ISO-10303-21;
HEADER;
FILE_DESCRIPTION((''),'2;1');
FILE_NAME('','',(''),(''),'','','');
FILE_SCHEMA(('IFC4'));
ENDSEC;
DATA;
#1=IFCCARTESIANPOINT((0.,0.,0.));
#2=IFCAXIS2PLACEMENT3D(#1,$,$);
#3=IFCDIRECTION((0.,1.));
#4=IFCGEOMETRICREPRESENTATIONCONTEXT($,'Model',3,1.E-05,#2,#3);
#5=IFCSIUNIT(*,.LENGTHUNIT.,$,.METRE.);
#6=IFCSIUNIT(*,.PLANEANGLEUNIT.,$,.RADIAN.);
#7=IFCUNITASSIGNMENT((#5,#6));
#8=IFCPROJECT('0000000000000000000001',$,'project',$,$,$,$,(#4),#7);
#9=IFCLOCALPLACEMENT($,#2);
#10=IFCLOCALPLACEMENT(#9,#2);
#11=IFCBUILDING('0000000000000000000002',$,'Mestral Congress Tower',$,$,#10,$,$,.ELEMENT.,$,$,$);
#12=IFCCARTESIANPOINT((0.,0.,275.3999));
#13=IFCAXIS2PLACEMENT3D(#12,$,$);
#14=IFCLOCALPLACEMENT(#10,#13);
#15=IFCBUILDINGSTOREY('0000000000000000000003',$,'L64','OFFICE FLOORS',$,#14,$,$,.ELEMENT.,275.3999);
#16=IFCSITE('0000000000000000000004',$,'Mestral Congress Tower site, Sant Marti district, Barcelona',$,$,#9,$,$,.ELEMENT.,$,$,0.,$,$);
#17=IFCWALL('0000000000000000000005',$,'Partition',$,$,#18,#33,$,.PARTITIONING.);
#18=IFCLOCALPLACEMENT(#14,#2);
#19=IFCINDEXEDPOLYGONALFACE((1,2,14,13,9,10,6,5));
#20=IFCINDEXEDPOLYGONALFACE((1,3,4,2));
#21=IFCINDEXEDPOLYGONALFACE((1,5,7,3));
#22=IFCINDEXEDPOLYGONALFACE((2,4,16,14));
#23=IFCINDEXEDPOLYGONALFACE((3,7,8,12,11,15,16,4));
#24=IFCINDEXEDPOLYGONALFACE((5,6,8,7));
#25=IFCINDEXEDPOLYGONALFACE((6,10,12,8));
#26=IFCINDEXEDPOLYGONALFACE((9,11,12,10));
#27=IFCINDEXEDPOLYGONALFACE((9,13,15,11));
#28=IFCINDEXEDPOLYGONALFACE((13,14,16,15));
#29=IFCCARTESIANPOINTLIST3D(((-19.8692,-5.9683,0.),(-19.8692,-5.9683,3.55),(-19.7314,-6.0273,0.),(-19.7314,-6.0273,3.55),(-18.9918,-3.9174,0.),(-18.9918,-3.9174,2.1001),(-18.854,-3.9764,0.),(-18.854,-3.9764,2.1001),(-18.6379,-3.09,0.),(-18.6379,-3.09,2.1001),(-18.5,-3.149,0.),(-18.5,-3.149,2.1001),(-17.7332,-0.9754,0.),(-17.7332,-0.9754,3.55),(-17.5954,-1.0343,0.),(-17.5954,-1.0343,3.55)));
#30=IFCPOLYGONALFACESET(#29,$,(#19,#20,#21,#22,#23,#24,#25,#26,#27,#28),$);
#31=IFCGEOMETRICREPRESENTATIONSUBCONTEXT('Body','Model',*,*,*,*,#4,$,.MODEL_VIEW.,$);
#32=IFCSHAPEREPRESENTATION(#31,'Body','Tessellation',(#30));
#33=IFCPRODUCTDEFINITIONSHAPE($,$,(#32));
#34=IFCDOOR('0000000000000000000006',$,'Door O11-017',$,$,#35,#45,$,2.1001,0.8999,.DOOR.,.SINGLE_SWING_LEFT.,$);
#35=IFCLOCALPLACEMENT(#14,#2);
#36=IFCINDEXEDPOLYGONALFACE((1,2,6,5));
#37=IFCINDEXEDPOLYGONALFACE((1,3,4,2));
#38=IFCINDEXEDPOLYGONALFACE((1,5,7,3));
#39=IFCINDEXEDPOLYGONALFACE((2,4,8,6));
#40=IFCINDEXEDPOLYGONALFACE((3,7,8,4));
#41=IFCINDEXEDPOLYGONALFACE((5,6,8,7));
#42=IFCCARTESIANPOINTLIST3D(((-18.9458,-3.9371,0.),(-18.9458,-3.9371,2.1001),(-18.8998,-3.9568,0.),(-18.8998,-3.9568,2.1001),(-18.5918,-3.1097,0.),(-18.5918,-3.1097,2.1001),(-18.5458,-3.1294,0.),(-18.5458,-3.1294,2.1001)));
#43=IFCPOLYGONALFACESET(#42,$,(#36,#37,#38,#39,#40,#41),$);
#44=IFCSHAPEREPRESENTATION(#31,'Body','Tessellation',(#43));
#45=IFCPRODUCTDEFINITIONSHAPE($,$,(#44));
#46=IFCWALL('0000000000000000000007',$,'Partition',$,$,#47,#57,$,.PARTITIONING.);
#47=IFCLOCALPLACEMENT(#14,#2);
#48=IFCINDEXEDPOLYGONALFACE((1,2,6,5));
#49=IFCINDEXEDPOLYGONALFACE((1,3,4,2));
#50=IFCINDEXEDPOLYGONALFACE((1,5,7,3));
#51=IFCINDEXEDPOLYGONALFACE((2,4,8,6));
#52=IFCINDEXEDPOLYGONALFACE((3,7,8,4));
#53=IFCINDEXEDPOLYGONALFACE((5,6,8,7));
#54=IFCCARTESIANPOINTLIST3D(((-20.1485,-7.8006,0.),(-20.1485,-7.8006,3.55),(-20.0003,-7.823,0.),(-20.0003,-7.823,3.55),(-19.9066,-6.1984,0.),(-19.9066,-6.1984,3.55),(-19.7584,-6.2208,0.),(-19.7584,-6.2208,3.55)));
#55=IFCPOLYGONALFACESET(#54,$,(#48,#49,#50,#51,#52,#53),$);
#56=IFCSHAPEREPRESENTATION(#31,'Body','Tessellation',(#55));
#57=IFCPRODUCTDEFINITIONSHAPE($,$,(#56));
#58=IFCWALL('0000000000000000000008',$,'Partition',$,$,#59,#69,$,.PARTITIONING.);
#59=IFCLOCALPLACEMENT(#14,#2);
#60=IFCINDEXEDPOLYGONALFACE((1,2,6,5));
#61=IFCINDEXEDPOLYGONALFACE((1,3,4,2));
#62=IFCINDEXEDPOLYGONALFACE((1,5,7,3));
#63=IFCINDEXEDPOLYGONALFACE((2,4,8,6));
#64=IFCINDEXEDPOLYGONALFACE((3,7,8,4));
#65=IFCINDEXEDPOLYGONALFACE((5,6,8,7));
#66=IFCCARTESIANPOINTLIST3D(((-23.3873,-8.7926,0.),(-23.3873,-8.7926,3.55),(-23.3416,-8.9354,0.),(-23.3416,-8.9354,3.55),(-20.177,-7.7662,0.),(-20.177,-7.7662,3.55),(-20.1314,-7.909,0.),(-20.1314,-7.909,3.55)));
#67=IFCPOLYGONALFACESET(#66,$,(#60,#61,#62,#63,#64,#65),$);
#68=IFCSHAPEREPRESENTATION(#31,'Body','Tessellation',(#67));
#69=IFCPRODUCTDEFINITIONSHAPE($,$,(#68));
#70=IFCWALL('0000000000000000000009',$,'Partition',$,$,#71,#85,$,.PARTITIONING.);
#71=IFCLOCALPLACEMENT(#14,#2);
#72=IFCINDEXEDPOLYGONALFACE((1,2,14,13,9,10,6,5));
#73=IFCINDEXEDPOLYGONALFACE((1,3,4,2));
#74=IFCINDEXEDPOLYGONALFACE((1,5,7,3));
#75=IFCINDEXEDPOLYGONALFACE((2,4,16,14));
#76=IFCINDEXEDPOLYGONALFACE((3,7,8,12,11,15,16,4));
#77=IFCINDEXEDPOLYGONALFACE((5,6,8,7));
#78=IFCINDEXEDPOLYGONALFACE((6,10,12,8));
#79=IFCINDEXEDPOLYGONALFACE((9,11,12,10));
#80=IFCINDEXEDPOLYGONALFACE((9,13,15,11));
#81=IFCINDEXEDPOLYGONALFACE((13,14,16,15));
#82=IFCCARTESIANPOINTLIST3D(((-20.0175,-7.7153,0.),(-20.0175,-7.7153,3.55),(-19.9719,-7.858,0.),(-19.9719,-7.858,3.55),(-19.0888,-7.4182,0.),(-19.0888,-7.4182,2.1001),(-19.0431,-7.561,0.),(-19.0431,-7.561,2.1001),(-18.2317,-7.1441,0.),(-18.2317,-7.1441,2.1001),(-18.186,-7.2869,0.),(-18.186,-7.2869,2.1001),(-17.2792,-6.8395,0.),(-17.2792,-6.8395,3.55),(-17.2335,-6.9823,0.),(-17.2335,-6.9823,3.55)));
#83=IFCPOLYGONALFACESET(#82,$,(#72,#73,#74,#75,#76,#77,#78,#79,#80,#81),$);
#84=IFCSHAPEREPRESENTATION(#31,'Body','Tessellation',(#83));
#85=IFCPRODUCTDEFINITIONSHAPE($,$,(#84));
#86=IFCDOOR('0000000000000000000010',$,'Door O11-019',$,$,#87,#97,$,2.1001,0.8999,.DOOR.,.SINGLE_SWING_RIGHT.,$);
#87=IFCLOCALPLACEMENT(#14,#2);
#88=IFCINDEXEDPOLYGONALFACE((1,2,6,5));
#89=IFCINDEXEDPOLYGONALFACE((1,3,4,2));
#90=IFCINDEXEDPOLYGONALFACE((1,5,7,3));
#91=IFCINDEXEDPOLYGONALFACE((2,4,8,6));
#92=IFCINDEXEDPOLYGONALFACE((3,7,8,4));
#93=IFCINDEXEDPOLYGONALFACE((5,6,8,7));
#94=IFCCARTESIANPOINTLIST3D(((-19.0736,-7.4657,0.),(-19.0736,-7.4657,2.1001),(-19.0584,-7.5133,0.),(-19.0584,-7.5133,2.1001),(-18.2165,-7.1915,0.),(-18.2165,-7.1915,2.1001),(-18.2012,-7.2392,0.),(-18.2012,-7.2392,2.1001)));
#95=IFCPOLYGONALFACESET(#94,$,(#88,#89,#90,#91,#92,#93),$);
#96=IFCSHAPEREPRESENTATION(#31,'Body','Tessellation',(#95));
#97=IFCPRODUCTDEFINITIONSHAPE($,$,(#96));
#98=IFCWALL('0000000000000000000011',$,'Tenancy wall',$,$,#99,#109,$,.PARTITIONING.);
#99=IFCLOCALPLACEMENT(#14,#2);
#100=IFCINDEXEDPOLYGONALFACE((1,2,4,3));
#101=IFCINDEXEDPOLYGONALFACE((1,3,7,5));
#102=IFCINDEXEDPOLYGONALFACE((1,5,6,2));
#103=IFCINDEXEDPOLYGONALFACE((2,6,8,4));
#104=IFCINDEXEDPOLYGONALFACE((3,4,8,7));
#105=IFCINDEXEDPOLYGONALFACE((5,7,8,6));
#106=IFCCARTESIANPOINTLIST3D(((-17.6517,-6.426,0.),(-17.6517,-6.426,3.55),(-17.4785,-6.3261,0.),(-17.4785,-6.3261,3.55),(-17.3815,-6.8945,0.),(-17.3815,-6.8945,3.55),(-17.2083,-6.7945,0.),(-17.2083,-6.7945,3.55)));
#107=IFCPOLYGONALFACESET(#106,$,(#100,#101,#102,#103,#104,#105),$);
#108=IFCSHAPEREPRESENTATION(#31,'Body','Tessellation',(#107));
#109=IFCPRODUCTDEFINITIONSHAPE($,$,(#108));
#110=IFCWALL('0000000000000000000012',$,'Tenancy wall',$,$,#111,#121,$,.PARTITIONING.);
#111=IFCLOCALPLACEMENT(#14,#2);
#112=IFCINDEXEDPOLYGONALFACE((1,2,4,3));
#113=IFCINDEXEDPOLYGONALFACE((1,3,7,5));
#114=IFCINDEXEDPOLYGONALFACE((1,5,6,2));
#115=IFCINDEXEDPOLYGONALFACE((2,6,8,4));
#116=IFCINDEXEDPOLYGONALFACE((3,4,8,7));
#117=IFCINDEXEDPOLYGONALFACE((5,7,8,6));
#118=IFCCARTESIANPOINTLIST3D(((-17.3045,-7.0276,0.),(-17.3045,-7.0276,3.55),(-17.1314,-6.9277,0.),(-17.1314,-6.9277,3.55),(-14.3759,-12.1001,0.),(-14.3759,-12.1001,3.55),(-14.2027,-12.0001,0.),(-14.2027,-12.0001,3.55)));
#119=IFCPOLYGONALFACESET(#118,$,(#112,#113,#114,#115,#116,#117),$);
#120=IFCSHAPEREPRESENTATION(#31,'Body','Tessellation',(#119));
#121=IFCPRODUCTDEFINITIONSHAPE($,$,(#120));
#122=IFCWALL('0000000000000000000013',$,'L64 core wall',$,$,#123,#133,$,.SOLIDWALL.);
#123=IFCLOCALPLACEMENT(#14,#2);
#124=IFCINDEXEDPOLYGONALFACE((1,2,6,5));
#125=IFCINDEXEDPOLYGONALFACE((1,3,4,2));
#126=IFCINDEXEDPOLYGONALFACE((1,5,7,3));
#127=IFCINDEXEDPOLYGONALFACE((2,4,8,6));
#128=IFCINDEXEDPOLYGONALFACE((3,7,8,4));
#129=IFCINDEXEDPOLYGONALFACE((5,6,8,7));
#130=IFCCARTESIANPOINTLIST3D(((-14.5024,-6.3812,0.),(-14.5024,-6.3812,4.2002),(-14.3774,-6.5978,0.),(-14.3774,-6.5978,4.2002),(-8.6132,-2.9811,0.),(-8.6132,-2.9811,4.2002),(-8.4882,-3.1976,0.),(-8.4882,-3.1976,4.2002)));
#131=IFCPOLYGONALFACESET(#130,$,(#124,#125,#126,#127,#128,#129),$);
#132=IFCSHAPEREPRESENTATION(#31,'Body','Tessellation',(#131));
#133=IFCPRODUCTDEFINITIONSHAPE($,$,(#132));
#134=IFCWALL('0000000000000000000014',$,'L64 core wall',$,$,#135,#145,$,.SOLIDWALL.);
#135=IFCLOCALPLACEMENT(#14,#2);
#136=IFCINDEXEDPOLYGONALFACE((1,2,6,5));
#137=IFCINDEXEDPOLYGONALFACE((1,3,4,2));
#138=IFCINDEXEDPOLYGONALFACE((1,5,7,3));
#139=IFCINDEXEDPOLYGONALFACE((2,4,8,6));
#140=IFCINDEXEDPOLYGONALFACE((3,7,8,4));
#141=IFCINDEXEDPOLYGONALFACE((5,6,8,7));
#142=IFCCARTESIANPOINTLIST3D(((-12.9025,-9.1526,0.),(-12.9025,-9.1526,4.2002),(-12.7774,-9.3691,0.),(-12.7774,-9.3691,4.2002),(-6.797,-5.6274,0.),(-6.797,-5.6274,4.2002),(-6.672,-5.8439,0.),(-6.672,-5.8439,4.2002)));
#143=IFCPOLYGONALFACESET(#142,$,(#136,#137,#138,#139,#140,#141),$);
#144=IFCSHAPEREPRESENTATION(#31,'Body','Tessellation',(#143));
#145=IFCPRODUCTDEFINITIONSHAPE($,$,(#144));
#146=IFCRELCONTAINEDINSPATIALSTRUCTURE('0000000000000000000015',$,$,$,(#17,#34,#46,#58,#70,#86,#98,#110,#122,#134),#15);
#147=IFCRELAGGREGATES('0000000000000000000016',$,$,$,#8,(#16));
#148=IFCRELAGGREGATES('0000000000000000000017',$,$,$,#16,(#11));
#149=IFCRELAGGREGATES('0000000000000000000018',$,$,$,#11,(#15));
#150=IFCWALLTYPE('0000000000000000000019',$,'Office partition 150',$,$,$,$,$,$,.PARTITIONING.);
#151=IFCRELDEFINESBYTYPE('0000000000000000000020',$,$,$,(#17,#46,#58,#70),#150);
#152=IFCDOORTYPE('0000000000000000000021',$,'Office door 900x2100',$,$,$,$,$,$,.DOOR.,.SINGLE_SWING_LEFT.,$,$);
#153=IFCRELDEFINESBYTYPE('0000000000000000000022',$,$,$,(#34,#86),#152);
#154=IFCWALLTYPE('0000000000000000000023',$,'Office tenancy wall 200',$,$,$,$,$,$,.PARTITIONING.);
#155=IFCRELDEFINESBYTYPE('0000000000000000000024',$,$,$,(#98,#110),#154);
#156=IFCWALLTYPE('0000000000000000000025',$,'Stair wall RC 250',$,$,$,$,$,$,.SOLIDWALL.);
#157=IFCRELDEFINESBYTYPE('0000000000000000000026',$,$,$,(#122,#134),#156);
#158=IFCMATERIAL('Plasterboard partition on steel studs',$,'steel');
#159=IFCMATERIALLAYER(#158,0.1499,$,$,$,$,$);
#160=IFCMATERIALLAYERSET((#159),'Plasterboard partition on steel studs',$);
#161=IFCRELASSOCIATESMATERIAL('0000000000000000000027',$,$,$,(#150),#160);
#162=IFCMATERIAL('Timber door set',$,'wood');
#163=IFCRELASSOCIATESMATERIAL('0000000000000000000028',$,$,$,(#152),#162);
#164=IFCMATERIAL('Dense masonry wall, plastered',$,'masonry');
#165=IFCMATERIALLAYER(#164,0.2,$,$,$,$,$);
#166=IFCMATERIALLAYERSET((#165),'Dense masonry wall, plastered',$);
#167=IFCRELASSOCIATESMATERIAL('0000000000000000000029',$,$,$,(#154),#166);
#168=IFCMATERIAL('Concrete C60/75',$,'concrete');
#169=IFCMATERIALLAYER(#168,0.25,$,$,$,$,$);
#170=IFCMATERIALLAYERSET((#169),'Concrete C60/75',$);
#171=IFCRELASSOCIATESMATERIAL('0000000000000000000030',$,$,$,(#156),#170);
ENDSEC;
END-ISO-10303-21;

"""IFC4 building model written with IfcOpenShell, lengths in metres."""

from ifc_helpers import new_model, si_unit, direction, frame, frame_2d, origin, place, context, subcontext, project, spatial, rectangle, extrude, material, layer, layer_set, type_object, element, fill, save


model = new_model("IFC4")

# Units and contexts
model_context = context("Model", 3, precision=1e-05, world=origin(), true_north=direction((0.0, 1.0)))
body_context = subcontext(model_context, "Body", "Model", "MODEL_VIEW")
ifc_project = project(units=[si_unit("LENGTHUNIT", "METRE"), si_unit("PLANEANGLEUNIT", "RADIAN")], contexts=[model_context])

# Site, building, storey
site_placement = place(None, origin())
site = spatial("IfcSite", under=ifc_project, at=site_placement, Name="Mestral Congress Tower site, Sant Marti district, Barcelona", CompositionType="ELEMENT", RefElevation=0.0)
building_placement = place(site_placement, origin())
building = spatial("IfcBuilding", under=site, at=building_placement, Name="Mestral Congress Tower", CompositionType="ELEMENT")
storey_placement = place(building_placement, frame((0.0, 0.0, 275.3999)))
storey = spatial("IfcBuildingStorey", under=building, at=storey_placement, Name="L64", Description="OFFICE FLOORS", CompositionType="ELEMENT", Elevation=275.3999)

# Shared definitions
ifc_material_1 = material(Name="Concrete C60/75", Category="concrete")

# Shared definitions
ifc_material_2 = material(Name="Plasterboard partition on steel studs", Category="steel")
ifc_layer_1 = layer(ifc_material_2, 0.1499)
ifc_layer_set_1 = layer_set([ifc_layer_1], Name="Plasterboard partition on steel studs")
wall_type_1 = type_object("IfcWallType", Name="Office partition 150", PredefinedType="PARTITIONING", material=ifc_layer_set_1)

# Wall, opening, door
wall_1_placement = place(storey_placement, frame((-19.8003, -5.9978, 0.0), z_axis=(0.0, 0.0, 1.0), x_axis=(0.393322, 0.919401, 0.0)))
wall_1 = element("IfcWall", 1, at=wall_1_placement, inside=storey, type_object=wall_type_1, Name="Partition", PredefinedType="PARTITIONING", context=body_context, shape_type="SweptSolid", body=[
    extrude(rectangle(XDim=5.4307, YDim=0.1499, at=frame_2d((2.7153, 0.0))), origin(), (0.0, 0.0, 1.0), 3.55),
])
opening_1_placement = place(wall_1_placement, frame((2.2307, 0.0, 0.0)))
opening_1 = element("IfcOpeningElement", 2, at=opening_1_placement, cuts=wall_1, PredefinedType="OPENING", context=body_context, shape_type="SweptSolid", body=[
    extrude(rectangle(XDim=0.8999, YDim=2.1001, at=frame_2d((0.45, 1.05))), frame((0.0, 0.085, 0.0), z_axis=(0.0, -1.0, 0.0), x_axis=(1.0, 0.0, 0.0)), (0.0, 0.0, 1.0), 0.1699),
])
ifc_material_3 = material(Name="Timber door set", Category="wood")
door_type_1 = type_object("IfcDoorType", Name="Office door 900x2100", OperationType="SINGLE_SWING_LEFT", PredefinedType="DOOR", material=ifc_material_3)
door_1_placement = place(opening_1_placement, origin())
door_1 = element("IfcDoor", 3, at=door_1_placement, inside=storey, type_object=door_type_1, Name="Door O11-017", OperationType="SINGLE_SWING_LEFT", OverallHeight=2.1001, OverallWidth=0.8999, PredefinedType="DOOR", context=body_context, shape_type="SweptSolid", body=[
    extrude(rectangle(XDim=0.8999, YDim=2.1001, at=frame_2d((0.45, 1.05))), frame((0.0, 0.0249, 0.0), z_axis=(0.0, -1.0, 0.0), x_axis=(1.0, 0.0, 0.0)), (0.0, 0.0, 1.0), 0.05),
])
fill(opening_1, door_1)

# Walls
wall_2_placement = place(storey_placement, frame((-19.8325, -6.2097, 0.0), z_axis=(0.0, 0.0, 1.0), x_axis=(-0.149305, -0.988791, 0.0)))
element("IfcWall", 4, at=wall_2_placement, inside=storey, type_object=wall_type_1, Name="Partition", PredefinedType="PARTITIONING", context=body_context, shape_type="SweptSolid", body=[
    extrude(rectangle(XDim=1.6204, YDim=0.1499, at=frame_2d((0.8101, 0.0))), origin(), (0.0, 0.0, 1.0), 3.55),
])
wall_3_placement = place(storey_placement, frame((-20.1543, -7.8376, 0.0), z_axis=(0.0, 0.0, 1.0), x_axis=(-0.952501, -0.304534, 0.0)))
element("IfcWall", 5, at=wall_3_placement, inside=storey, type_object=wall_type_1, Name="Partition", PredefinedType="PARTITIONING", context=body_context, shape_type="SweptSolid", body=[
    extrude(rectangle(XDim=3.3704, YDim=0.1499, at=frame_2d((1.6851, 0.0))), origin(), (0.0, 0.0, 1.0), 3.55),
])

# Wall, opening, door
wall_4_placement = place(storey_placement, frame((-17.2563, -6.9109, 0.0), z_axis=(0.0, 0.0, 1.0), x_axis=(-0.952476, -0.304612, 0.0)))
wall_4 = element("IfcWall", 6, at=wall_4_placement, inside=storey, type_object=wall_type_1, Name="Partition", PredefinedType="PARTITIONING", context=body_context, shape_type="SweptSolid", body=[
    extrude(rectangle(XDim=2.875, YDim=0.1499, at=frame_2d((1.4375, 0.0))), origin(), (0.0, 0.0, 1.0), 3.55),
])
opening_2_placement = place(wall_4_placement, frame((1.0, 0.0, 0.0)))
opening_2 = element("IfcOpeningElement", 7, at=opening_2_placement, cuts=wall_4, PredefinedType="OPENING", context=body_context, shape_type="SweptSolid", body=[
    extrude(rectangle(XDim=0.8999, YDim=2.1001, at=frame_2d((0.45, 1.05))), frame((0.0, 0.085, 0.0), z_axis=(0.0, -1.0, 0.0), x_axis=(1.0, 0.0, 0.0)), (0.0, 0.0, 1.0), 0.1699),
])
door_2_placement = place(opening_2_placement, origin())
door_2 = element("IfcDoor", 8, at=door_2_placement, inside=storey, type_object=door_type_1, Name="Door O11-019", OperationType="SINGLE_SWING_RIGHT", OverallHeight=2.1001, OverallWidth=0.8999, PredefinedType="DOOR", context=body_context, shape_type="SweptSolid", body=[
    extrude(rectangle(XDim=0.8999, YDim=2.1001, at=frame_2d((0.45, 1.05))), frame((0.0, 0.0249, 0.0), z_axis=(0.0, -1.0, 0.0), x_axis=(1.0, 0.0, 0.0)), (0.0, 0.0, 1.0), 0.05),
])
fill(opening_2, door_2)

# Walls
ifc_material_4 = material(Name="Dense masonry wall, plastered", Category="masonry")
ifc_layer_2 = layer(ifc_material_4, 0.2)
ifc_layer_set_2 = layer_set([ifc_layer_2], Name="Dense masonry wall, plastered")
wall_type_2 = type_object("IfcWallType", Name="Office tenancy wall 200", PredefinedType="PARTITIONING", material=ifc_layer_set_2)
wall_5_placement = place(storey_placement, frame((-17.5652, -6.376, 0.0), z_axis=(0.0, 0.0, 1.0), x_axis=(0.499683, -0.866208, 0.0)))
element("IfcWall", 9, at=wall_5_placement, inside=storey, type_object=wall_type_2, Name="Tenancy wall", PredefinedType="PARTITIONING", context=body_context, shape_type="SweptSolid", body=[
    extrude(rectangle(XDim=0.5408, YDim=0.2, at=frame_2d((0.2705, 0.0))), origin(), (0.0, 0.0, 1.0), 3.55),
])
wall_6_placement = place(storey_placement, frame((-17.218, -6.9775, 0.0), z_axis=(0.0, 0.0, 1.0), x_axis=(0.500012, -0.866018, 0.0)))
element("IfcWall", 10, at=wall_6_placement, inside=storey, type_object=wall_type_2, Name="Tenancy wall", PredefinedType="PARTITIONING", context=body_context, shape_type="SweptSolid", body=[
    extrude(rectangle(XDim=5.8572, YDim=0.2, at=frame_2d((2.9287, 0.0))), origin(), (0.0, 0.0, 1.0), 3.55),
])
ifc_layer_3 = layer(ifc_material_1, 0.25)
ifc_layer_set_3 = layer_set([ifc_layer_3], Name="Concrete C60/75")
wall_type_3 = type_object("IfcWallType", Name="Stair wall RC 250", PredefinedType="SOLIDWALL", material=ifc_layer_set_3)
wall_7_placement = place(storey_placement, frame((-14.4399, -6.4895, 0.0), z_axis=(0.0, 0.0, 1.0), x_axis=(0.866023, 0.500004, 0.0)))
element("IfcWall", 11, at=wall_7_placement, inside=storey, type_object=wall_type_3, Name="L64 core wall", PredefinedType="SOLIDWALL", context=body_context, shape_type="SweptSolid", body=[
    extrude(rectangle(XDim=6.8003, YDim=0.25, at=frame_2d((3.4001, 0.0))), origin(), (0.0, 0.0, 1.0), 4.2002),
])
wall_8_placement = place(storey_placement, frame((-12.8398, -9.2607, 0.0), z_axis=(0.0, 0.0, 1.0), x_axis=(0.866016, 0.500016, 0.0)))
element("IfcWall", 12, at=wall_8_placement, inside=storey, type_object=wall_type_3, Name="L64 core wall", PredefinedType="SOLIDWALL", context=body_context, shape_type="SweptSolid", body=[
    extrude(rectangle(XDim=7.05, YDim=0.25, at=frame_2d((3.5249, 0.0))), origin(), (0.0, 0.0, 1.0), 4.2002),
])

save(model, "model.ifc")
